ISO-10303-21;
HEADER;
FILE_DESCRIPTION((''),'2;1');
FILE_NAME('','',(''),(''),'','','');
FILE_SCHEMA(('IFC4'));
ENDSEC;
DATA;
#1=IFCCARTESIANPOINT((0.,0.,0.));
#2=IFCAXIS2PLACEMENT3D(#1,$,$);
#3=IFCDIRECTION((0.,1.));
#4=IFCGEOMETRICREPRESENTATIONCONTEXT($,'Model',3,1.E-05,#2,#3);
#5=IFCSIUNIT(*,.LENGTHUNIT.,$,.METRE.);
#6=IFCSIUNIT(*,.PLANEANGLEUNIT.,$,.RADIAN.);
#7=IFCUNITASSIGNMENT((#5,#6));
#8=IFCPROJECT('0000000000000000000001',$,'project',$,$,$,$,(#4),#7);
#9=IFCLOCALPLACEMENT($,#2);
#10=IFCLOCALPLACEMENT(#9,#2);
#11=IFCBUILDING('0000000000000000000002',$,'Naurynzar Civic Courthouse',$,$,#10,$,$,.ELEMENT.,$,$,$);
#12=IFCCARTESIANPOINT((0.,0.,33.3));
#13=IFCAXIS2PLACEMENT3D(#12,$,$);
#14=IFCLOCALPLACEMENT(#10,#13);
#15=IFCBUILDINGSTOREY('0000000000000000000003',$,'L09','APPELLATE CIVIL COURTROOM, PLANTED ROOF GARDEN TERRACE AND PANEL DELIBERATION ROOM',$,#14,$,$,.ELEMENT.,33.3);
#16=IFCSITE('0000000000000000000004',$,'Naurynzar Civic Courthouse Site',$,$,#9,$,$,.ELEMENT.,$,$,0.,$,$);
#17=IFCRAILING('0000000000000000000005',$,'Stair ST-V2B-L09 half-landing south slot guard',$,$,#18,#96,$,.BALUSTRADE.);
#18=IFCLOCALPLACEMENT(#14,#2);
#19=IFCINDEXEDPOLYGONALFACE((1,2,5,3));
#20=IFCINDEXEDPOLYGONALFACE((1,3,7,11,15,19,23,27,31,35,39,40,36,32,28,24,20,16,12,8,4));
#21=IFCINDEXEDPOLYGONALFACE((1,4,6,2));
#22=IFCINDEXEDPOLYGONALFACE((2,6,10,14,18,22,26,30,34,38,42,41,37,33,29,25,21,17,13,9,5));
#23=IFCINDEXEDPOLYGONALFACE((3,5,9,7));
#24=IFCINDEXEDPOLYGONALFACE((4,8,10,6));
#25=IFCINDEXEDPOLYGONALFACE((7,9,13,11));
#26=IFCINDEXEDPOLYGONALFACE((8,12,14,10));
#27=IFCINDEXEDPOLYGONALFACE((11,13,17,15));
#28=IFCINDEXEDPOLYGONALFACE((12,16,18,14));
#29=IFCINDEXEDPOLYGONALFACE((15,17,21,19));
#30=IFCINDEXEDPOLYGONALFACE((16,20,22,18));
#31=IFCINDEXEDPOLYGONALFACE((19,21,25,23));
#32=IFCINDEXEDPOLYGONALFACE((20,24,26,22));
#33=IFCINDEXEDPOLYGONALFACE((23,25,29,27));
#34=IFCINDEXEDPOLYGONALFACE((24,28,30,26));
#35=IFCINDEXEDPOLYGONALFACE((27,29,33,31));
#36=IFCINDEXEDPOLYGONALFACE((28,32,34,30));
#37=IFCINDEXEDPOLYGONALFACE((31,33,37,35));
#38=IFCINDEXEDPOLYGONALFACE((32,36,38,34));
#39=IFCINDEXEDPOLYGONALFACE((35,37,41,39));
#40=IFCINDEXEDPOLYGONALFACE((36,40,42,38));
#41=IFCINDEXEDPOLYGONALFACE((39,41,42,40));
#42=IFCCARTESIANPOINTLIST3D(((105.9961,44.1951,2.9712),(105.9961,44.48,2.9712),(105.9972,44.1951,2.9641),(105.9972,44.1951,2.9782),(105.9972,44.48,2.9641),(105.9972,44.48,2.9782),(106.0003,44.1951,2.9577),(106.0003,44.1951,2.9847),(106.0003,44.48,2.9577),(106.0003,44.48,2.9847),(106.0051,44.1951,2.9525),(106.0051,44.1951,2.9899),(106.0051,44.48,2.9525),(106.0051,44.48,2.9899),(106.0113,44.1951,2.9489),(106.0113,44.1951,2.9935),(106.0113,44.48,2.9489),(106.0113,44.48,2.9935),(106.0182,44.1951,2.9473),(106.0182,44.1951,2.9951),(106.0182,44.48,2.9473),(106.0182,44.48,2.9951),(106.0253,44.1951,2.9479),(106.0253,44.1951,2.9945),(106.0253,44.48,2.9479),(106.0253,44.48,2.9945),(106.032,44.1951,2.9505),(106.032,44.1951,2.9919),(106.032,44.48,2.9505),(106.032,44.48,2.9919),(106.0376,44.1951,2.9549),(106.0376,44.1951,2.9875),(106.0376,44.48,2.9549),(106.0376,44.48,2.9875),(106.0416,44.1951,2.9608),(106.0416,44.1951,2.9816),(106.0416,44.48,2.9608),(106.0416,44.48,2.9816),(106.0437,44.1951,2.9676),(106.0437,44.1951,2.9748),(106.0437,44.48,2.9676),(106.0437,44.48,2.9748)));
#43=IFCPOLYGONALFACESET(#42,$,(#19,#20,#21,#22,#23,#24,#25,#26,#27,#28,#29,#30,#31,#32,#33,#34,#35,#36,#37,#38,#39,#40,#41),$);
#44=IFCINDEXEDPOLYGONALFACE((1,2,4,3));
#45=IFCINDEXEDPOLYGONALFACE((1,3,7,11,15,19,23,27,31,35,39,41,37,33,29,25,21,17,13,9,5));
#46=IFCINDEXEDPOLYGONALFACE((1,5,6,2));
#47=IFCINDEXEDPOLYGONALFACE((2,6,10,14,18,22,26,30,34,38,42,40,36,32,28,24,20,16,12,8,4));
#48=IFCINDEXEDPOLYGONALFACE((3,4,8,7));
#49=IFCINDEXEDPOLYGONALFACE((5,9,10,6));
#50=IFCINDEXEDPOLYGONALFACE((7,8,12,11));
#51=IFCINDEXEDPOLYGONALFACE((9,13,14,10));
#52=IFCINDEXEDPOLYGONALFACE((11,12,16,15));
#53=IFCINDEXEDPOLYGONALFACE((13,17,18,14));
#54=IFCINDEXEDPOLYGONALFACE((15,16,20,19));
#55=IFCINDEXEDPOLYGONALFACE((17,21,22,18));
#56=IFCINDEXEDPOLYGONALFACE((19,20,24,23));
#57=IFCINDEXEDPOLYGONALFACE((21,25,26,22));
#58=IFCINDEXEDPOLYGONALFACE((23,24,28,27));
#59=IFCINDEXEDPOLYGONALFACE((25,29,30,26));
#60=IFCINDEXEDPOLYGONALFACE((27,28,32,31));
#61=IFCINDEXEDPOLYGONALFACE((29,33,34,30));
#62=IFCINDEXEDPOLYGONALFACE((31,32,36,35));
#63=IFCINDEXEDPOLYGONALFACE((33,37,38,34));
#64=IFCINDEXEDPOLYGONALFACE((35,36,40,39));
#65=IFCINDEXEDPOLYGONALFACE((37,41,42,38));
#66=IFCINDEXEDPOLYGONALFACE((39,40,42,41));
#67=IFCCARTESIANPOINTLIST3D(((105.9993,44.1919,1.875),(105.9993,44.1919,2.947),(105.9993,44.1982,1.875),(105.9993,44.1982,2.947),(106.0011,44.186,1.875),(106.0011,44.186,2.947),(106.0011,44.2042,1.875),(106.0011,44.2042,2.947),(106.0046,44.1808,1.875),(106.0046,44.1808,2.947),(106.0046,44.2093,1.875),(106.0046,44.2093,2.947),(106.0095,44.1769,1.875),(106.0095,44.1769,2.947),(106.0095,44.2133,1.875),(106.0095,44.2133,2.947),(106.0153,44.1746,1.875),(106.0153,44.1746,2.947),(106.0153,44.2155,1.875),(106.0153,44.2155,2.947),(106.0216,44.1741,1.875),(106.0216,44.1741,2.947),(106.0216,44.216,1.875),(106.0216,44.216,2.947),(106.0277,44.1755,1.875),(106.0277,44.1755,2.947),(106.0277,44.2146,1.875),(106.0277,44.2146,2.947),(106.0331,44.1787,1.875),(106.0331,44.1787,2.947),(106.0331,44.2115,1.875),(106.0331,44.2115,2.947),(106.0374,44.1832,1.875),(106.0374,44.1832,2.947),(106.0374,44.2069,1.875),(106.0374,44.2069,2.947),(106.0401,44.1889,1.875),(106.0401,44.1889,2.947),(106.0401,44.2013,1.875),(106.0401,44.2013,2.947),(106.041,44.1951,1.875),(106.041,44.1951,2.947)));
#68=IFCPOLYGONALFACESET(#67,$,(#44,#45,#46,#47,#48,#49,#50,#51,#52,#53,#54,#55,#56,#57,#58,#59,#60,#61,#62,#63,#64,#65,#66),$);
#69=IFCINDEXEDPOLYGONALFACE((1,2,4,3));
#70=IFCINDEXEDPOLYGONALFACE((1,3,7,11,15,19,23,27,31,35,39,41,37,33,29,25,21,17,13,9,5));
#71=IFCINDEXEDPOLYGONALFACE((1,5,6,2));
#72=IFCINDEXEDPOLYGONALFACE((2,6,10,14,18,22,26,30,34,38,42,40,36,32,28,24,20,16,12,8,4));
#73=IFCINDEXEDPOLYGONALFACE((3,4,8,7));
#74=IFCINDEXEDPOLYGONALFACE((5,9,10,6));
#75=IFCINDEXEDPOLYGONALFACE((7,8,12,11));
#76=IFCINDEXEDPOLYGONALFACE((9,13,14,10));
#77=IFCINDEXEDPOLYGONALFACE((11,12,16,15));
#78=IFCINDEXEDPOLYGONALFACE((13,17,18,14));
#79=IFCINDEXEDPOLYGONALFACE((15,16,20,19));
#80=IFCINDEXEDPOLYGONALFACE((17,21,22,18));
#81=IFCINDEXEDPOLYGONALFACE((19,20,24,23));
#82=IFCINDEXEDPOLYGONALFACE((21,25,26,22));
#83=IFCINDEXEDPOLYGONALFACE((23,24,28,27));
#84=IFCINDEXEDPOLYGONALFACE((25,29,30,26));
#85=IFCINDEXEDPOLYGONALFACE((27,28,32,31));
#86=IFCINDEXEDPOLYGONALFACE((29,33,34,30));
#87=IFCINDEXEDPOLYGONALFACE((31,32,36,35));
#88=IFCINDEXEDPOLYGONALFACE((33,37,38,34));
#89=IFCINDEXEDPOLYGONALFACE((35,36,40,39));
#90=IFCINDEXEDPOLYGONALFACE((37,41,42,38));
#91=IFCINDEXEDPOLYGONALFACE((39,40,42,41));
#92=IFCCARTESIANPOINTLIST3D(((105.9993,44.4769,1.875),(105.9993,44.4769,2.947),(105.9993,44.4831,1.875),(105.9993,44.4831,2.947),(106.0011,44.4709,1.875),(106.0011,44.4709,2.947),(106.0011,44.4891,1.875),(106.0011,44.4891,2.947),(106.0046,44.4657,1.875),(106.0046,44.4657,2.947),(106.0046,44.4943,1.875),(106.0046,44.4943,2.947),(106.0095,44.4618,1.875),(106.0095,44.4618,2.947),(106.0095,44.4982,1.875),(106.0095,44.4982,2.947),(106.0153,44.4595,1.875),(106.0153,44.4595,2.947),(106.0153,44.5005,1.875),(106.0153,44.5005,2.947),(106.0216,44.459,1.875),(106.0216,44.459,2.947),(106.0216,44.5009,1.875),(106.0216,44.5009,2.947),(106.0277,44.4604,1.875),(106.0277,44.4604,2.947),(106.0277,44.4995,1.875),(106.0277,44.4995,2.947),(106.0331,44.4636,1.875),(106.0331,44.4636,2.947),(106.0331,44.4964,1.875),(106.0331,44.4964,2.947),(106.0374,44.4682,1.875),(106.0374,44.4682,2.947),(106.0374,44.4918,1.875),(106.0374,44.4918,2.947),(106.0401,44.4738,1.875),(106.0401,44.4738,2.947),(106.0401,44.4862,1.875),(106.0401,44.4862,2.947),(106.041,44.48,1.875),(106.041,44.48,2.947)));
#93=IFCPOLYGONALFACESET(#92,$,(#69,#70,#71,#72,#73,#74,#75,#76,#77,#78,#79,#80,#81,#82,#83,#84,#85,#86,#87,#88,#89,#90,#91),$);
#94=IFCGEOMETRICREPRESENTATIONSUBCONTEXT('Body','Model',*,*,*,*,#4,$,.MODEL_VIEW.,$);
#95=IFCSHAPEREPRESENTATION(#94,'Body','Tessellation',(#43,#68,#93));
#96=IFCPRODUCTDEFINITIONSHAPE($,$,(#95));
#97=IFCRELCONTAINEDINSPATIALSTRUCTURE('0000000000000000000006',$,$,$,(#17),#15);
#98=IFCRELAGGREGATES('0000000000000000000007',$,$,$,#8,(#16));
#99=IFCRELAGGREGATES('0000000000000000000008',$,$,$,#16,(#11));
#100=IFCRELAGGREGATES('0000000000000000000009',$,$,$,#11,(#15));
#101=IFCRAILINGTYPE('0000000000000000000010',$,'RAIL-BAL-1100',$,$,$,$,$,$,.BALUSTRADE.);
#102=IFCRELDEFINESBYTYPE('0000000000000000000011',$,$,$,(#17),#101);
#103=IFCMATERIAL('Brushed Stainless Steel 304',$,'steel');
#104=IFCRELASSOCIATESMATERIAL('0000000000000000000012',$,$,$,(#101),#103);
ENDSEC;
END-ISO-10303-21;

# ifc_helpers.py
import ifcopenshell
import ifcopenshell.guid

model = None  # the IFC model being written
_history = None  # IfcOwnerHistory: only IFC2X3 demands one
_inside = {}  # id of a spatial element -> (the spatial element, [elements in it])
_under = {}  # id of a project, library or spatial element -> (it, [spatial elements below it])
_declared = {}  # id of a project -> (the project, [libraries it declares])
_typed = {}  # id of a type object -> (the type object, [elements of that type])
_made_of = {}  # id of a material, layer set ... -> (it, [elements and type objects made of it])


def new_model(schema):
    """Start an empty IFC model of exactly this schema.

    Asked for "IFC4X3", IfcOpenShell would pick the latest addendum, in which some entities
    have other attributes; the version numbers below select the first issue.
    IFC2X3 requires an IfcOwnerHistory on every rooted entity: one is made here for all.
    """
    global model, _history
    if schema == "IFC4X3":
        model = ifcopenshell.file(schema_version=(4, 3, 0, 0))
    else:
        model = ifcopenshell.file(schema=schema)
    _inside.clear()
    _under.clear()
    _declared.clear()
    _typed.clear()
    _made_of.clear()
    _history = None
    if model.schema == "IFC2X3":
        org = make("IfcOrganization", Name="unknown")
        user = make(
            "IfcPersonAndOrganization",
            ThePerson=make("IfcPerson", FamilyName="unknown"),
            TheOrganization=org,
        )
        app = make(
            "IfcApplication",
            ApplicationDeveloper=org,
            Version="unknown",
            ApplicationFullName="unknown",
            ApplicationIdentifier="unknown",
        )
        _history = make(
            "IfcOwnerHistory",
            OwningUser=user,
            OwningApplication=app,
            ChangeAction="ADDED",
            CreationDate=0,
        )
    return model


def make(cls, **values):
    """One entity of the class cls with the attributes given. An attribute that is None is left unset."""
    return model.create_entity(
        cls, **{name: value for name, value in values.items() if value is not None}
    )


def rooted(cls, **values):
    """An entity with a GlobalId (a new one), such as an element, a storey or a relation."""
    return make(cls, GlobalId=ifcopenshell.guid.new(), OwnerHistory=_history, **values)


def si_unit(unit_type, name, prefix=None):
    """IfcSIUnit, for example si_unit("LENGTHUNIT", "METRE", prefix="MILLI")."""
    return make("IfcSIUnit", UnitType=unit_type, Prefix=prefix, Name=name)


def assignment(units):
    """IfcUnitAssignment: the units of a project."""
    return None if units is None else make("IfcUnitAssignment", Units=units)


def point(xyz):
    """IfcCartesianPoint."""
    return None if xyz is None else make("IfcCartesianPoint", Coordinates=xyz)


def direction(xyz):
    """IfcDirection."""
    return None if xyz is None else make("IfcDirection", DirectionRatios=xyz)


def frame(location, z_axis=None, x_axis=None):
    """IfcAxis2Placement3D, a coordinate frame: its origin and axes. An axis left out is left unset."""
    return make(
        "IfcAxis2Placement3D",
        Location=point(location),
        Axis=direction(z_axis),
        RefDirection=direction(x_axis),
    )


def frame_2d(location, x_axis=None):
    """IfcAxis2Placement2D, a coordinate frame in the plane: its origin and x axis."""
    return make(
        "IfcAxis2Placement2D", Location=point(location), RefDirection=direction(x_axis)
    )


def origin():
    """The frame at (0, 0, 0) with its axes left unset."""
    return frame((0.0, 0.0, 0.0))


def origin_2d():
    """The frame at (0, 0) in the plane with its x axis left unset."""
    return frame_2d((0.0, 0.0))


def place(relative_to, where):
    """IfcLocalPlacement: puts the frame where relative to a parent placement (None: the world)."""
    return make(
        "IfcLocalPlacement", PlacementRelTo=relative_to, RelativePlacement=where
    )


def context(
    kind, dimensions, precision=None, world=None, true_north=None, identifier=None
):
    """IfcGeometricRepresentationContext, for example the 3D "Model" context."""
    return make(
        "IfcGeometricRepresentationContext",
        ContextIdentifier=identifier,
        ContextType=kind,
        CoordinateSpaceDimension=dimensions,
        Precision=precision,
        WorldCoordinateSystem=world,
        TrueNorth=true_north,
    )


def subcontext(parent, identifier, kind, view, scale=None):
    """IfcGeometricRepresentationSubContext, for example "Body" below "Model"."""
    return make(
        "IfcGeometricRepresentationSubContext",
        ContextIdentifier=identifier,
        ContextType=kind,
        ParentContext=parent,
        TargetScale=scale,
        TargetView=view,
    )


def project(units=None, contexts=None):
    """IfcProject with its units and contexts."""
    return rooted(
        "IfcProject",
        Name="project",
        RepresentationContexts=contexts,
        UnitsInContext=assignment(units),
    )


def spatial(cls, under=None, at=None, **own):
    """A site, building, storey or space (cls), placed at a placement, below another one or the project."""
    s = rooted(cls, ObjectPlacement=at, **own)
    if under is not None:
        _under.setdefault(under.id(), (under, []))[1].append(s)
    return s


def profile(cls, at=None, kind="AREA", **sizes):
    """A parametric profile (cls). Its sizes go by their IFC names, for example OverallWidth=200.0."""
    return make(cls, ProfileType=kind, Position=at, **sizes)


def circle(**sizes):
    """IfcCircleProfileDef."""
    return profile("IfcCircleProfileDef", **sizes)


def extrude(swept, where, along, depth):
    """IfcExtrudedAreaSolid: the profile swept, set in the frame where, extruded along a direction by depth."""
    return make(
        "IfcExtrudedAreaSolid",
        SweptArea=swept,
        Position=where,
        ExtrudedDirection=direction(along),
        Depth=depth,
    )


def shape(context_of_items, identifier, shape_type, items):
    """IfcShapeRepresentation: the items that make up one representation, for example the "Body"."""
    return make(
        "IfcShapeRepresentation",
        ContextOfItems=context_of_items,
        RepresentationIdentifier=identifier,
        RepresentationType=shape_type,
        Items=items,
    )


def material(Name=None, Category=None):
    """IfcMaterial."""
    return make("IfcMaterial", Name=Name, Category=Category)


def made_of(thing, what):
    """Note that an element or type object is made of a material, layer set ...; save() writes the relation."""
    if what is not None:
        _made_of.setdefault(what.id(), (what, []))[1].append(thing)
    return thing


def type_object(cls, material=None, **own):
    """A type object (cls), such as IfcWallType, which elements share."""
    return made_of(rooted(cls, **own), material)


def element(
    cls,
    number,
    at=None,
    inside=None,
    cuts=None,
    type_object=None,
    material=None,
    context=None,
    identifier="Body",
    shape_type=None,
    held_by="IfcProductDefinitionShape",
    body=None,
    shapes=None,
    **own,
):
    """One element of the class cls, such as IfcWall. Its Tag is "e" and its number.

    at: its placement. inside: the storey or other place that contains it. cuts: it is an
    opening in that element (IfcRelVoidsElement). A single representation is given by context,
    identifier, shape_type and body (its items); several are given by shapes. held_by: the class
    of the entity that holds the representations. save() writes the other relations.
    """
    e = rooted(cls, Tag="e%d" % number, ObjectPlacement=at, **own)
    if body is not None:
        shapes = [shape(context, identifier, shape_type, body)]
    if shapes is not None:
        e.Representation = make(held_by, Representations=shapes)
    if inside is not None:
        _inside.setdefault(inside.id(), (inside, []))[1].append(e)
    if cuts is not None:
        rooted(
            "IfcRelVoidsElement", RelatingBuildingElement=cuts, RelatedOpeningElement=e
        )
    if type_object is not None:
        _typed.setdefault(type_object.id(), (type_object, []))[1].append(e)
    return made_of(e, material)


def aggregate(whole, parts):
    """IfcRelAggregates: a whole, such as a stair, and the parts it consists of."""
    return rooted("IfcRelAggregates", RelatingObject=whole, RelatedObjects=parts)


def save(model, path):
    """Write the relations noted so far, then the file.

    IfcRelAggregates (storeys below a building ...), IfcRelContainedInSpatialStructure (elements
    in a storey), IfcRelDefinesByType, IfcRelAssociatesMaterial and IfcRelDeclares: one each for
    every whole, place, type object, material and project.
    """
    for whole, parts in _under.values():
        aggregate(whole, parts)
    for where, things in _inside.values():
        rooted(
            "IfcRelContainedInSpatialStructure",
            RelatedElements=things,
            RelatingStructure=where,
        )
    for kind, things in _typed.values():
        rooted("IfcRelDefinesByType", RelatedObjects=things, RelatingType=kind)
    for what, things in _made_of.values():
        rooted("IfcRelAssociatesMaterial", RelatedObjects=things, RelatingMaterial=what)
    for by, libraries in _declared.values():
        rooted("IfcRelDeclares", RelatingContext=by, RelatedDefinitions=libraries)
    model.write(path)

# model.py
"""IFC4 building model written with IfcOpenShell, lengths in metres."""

from ifc_helpers import new_model, si_unit, direction, frame, origin, origin_2d, place, context, subcontext, project, spatial, circle, extrude, material, type_object, element, save


model = new_model("IFC4")

# Units and contexts
model_context = context("Model", 3, precision=1e-05, world=origin(), true_north=direction((0.0, 1.0)))
body_context = subcontext(model_context, "Body", "Model", "MODEL_VIEW")
ifc_project = project(units=[si_unit("LENGTHUNIT", "METRE"), si_unit("PLANEANGLEUNIT", "RADIAN")], contexts=[model_context])

# Site, building, storey
site_placement = place(None, origin())
site = spatial("IfcSite", under=ifc_project, at=site_placement, Name="Naurynzar Civic Courthouse Site", CompositionType="ELEMENT", RefElevation=0.0)
building_placement = place(site_placement, origin())
building = spatial("IfcBuilding", under=site, at=building_placement, Name="Naurynzar Civic Courthouse", CompositionType="ELEMENT")
storey_placement = place(building_placement, frame((0.0, 0.0, 33.3)))
storey = spatial("IfcBuildingStorey", under=building, at=storey_placement, Name="L09", Description="APPELLATE CIVIL COURTROOM, PLANTED ROOF GARDEN TERRACE AND PANEL DELIBERATION ROOM", CompositionType="ELEMENT", Elevation=33.3)

# Railing
ifc_material_1 = material(Name="Brushed Stainless Steel 304", Category="steel")
railing_type_1 = type_object("IfcRailingType", Name="RAIL-BAL-1100", PredefinedType="BALUSTRADE", material=ifc_material_1)
railing_1_placement = place(storey_placement, frame((106.02, 44.1951, 1.875)))
element("IfcRailing", 1, at=railing_1_placement, inside=storey, type_object=railing_type_1, Name="Stair ST-V2B-L09 half-landing south slot guard", PredefinedType="BALUSTRADE", context=body_context, shape_type="SweptSolid", body=[
    extrude(circle(Radius=0.0239, at=origin_2d()), frame((0.0, 0.0, 1.0962), z_axis=(0.0, 1.0, 0.0), x_axis=(-1.0, 0.0, 0.0)), (0.0, 0.0, 1.0), 0.2849),
    extrude(circle(Radius=0.021, at=origin_2d()), origin(), (0.0, 0.0, 1.0), 1.072),
    extrude(circle(Radius=0.021, at=origin_2d()), frame((0.0, 0.2849, 0.0)), (0.0, 0.0, 1.0), 1.072),
])

save(model, "model.ifc")
